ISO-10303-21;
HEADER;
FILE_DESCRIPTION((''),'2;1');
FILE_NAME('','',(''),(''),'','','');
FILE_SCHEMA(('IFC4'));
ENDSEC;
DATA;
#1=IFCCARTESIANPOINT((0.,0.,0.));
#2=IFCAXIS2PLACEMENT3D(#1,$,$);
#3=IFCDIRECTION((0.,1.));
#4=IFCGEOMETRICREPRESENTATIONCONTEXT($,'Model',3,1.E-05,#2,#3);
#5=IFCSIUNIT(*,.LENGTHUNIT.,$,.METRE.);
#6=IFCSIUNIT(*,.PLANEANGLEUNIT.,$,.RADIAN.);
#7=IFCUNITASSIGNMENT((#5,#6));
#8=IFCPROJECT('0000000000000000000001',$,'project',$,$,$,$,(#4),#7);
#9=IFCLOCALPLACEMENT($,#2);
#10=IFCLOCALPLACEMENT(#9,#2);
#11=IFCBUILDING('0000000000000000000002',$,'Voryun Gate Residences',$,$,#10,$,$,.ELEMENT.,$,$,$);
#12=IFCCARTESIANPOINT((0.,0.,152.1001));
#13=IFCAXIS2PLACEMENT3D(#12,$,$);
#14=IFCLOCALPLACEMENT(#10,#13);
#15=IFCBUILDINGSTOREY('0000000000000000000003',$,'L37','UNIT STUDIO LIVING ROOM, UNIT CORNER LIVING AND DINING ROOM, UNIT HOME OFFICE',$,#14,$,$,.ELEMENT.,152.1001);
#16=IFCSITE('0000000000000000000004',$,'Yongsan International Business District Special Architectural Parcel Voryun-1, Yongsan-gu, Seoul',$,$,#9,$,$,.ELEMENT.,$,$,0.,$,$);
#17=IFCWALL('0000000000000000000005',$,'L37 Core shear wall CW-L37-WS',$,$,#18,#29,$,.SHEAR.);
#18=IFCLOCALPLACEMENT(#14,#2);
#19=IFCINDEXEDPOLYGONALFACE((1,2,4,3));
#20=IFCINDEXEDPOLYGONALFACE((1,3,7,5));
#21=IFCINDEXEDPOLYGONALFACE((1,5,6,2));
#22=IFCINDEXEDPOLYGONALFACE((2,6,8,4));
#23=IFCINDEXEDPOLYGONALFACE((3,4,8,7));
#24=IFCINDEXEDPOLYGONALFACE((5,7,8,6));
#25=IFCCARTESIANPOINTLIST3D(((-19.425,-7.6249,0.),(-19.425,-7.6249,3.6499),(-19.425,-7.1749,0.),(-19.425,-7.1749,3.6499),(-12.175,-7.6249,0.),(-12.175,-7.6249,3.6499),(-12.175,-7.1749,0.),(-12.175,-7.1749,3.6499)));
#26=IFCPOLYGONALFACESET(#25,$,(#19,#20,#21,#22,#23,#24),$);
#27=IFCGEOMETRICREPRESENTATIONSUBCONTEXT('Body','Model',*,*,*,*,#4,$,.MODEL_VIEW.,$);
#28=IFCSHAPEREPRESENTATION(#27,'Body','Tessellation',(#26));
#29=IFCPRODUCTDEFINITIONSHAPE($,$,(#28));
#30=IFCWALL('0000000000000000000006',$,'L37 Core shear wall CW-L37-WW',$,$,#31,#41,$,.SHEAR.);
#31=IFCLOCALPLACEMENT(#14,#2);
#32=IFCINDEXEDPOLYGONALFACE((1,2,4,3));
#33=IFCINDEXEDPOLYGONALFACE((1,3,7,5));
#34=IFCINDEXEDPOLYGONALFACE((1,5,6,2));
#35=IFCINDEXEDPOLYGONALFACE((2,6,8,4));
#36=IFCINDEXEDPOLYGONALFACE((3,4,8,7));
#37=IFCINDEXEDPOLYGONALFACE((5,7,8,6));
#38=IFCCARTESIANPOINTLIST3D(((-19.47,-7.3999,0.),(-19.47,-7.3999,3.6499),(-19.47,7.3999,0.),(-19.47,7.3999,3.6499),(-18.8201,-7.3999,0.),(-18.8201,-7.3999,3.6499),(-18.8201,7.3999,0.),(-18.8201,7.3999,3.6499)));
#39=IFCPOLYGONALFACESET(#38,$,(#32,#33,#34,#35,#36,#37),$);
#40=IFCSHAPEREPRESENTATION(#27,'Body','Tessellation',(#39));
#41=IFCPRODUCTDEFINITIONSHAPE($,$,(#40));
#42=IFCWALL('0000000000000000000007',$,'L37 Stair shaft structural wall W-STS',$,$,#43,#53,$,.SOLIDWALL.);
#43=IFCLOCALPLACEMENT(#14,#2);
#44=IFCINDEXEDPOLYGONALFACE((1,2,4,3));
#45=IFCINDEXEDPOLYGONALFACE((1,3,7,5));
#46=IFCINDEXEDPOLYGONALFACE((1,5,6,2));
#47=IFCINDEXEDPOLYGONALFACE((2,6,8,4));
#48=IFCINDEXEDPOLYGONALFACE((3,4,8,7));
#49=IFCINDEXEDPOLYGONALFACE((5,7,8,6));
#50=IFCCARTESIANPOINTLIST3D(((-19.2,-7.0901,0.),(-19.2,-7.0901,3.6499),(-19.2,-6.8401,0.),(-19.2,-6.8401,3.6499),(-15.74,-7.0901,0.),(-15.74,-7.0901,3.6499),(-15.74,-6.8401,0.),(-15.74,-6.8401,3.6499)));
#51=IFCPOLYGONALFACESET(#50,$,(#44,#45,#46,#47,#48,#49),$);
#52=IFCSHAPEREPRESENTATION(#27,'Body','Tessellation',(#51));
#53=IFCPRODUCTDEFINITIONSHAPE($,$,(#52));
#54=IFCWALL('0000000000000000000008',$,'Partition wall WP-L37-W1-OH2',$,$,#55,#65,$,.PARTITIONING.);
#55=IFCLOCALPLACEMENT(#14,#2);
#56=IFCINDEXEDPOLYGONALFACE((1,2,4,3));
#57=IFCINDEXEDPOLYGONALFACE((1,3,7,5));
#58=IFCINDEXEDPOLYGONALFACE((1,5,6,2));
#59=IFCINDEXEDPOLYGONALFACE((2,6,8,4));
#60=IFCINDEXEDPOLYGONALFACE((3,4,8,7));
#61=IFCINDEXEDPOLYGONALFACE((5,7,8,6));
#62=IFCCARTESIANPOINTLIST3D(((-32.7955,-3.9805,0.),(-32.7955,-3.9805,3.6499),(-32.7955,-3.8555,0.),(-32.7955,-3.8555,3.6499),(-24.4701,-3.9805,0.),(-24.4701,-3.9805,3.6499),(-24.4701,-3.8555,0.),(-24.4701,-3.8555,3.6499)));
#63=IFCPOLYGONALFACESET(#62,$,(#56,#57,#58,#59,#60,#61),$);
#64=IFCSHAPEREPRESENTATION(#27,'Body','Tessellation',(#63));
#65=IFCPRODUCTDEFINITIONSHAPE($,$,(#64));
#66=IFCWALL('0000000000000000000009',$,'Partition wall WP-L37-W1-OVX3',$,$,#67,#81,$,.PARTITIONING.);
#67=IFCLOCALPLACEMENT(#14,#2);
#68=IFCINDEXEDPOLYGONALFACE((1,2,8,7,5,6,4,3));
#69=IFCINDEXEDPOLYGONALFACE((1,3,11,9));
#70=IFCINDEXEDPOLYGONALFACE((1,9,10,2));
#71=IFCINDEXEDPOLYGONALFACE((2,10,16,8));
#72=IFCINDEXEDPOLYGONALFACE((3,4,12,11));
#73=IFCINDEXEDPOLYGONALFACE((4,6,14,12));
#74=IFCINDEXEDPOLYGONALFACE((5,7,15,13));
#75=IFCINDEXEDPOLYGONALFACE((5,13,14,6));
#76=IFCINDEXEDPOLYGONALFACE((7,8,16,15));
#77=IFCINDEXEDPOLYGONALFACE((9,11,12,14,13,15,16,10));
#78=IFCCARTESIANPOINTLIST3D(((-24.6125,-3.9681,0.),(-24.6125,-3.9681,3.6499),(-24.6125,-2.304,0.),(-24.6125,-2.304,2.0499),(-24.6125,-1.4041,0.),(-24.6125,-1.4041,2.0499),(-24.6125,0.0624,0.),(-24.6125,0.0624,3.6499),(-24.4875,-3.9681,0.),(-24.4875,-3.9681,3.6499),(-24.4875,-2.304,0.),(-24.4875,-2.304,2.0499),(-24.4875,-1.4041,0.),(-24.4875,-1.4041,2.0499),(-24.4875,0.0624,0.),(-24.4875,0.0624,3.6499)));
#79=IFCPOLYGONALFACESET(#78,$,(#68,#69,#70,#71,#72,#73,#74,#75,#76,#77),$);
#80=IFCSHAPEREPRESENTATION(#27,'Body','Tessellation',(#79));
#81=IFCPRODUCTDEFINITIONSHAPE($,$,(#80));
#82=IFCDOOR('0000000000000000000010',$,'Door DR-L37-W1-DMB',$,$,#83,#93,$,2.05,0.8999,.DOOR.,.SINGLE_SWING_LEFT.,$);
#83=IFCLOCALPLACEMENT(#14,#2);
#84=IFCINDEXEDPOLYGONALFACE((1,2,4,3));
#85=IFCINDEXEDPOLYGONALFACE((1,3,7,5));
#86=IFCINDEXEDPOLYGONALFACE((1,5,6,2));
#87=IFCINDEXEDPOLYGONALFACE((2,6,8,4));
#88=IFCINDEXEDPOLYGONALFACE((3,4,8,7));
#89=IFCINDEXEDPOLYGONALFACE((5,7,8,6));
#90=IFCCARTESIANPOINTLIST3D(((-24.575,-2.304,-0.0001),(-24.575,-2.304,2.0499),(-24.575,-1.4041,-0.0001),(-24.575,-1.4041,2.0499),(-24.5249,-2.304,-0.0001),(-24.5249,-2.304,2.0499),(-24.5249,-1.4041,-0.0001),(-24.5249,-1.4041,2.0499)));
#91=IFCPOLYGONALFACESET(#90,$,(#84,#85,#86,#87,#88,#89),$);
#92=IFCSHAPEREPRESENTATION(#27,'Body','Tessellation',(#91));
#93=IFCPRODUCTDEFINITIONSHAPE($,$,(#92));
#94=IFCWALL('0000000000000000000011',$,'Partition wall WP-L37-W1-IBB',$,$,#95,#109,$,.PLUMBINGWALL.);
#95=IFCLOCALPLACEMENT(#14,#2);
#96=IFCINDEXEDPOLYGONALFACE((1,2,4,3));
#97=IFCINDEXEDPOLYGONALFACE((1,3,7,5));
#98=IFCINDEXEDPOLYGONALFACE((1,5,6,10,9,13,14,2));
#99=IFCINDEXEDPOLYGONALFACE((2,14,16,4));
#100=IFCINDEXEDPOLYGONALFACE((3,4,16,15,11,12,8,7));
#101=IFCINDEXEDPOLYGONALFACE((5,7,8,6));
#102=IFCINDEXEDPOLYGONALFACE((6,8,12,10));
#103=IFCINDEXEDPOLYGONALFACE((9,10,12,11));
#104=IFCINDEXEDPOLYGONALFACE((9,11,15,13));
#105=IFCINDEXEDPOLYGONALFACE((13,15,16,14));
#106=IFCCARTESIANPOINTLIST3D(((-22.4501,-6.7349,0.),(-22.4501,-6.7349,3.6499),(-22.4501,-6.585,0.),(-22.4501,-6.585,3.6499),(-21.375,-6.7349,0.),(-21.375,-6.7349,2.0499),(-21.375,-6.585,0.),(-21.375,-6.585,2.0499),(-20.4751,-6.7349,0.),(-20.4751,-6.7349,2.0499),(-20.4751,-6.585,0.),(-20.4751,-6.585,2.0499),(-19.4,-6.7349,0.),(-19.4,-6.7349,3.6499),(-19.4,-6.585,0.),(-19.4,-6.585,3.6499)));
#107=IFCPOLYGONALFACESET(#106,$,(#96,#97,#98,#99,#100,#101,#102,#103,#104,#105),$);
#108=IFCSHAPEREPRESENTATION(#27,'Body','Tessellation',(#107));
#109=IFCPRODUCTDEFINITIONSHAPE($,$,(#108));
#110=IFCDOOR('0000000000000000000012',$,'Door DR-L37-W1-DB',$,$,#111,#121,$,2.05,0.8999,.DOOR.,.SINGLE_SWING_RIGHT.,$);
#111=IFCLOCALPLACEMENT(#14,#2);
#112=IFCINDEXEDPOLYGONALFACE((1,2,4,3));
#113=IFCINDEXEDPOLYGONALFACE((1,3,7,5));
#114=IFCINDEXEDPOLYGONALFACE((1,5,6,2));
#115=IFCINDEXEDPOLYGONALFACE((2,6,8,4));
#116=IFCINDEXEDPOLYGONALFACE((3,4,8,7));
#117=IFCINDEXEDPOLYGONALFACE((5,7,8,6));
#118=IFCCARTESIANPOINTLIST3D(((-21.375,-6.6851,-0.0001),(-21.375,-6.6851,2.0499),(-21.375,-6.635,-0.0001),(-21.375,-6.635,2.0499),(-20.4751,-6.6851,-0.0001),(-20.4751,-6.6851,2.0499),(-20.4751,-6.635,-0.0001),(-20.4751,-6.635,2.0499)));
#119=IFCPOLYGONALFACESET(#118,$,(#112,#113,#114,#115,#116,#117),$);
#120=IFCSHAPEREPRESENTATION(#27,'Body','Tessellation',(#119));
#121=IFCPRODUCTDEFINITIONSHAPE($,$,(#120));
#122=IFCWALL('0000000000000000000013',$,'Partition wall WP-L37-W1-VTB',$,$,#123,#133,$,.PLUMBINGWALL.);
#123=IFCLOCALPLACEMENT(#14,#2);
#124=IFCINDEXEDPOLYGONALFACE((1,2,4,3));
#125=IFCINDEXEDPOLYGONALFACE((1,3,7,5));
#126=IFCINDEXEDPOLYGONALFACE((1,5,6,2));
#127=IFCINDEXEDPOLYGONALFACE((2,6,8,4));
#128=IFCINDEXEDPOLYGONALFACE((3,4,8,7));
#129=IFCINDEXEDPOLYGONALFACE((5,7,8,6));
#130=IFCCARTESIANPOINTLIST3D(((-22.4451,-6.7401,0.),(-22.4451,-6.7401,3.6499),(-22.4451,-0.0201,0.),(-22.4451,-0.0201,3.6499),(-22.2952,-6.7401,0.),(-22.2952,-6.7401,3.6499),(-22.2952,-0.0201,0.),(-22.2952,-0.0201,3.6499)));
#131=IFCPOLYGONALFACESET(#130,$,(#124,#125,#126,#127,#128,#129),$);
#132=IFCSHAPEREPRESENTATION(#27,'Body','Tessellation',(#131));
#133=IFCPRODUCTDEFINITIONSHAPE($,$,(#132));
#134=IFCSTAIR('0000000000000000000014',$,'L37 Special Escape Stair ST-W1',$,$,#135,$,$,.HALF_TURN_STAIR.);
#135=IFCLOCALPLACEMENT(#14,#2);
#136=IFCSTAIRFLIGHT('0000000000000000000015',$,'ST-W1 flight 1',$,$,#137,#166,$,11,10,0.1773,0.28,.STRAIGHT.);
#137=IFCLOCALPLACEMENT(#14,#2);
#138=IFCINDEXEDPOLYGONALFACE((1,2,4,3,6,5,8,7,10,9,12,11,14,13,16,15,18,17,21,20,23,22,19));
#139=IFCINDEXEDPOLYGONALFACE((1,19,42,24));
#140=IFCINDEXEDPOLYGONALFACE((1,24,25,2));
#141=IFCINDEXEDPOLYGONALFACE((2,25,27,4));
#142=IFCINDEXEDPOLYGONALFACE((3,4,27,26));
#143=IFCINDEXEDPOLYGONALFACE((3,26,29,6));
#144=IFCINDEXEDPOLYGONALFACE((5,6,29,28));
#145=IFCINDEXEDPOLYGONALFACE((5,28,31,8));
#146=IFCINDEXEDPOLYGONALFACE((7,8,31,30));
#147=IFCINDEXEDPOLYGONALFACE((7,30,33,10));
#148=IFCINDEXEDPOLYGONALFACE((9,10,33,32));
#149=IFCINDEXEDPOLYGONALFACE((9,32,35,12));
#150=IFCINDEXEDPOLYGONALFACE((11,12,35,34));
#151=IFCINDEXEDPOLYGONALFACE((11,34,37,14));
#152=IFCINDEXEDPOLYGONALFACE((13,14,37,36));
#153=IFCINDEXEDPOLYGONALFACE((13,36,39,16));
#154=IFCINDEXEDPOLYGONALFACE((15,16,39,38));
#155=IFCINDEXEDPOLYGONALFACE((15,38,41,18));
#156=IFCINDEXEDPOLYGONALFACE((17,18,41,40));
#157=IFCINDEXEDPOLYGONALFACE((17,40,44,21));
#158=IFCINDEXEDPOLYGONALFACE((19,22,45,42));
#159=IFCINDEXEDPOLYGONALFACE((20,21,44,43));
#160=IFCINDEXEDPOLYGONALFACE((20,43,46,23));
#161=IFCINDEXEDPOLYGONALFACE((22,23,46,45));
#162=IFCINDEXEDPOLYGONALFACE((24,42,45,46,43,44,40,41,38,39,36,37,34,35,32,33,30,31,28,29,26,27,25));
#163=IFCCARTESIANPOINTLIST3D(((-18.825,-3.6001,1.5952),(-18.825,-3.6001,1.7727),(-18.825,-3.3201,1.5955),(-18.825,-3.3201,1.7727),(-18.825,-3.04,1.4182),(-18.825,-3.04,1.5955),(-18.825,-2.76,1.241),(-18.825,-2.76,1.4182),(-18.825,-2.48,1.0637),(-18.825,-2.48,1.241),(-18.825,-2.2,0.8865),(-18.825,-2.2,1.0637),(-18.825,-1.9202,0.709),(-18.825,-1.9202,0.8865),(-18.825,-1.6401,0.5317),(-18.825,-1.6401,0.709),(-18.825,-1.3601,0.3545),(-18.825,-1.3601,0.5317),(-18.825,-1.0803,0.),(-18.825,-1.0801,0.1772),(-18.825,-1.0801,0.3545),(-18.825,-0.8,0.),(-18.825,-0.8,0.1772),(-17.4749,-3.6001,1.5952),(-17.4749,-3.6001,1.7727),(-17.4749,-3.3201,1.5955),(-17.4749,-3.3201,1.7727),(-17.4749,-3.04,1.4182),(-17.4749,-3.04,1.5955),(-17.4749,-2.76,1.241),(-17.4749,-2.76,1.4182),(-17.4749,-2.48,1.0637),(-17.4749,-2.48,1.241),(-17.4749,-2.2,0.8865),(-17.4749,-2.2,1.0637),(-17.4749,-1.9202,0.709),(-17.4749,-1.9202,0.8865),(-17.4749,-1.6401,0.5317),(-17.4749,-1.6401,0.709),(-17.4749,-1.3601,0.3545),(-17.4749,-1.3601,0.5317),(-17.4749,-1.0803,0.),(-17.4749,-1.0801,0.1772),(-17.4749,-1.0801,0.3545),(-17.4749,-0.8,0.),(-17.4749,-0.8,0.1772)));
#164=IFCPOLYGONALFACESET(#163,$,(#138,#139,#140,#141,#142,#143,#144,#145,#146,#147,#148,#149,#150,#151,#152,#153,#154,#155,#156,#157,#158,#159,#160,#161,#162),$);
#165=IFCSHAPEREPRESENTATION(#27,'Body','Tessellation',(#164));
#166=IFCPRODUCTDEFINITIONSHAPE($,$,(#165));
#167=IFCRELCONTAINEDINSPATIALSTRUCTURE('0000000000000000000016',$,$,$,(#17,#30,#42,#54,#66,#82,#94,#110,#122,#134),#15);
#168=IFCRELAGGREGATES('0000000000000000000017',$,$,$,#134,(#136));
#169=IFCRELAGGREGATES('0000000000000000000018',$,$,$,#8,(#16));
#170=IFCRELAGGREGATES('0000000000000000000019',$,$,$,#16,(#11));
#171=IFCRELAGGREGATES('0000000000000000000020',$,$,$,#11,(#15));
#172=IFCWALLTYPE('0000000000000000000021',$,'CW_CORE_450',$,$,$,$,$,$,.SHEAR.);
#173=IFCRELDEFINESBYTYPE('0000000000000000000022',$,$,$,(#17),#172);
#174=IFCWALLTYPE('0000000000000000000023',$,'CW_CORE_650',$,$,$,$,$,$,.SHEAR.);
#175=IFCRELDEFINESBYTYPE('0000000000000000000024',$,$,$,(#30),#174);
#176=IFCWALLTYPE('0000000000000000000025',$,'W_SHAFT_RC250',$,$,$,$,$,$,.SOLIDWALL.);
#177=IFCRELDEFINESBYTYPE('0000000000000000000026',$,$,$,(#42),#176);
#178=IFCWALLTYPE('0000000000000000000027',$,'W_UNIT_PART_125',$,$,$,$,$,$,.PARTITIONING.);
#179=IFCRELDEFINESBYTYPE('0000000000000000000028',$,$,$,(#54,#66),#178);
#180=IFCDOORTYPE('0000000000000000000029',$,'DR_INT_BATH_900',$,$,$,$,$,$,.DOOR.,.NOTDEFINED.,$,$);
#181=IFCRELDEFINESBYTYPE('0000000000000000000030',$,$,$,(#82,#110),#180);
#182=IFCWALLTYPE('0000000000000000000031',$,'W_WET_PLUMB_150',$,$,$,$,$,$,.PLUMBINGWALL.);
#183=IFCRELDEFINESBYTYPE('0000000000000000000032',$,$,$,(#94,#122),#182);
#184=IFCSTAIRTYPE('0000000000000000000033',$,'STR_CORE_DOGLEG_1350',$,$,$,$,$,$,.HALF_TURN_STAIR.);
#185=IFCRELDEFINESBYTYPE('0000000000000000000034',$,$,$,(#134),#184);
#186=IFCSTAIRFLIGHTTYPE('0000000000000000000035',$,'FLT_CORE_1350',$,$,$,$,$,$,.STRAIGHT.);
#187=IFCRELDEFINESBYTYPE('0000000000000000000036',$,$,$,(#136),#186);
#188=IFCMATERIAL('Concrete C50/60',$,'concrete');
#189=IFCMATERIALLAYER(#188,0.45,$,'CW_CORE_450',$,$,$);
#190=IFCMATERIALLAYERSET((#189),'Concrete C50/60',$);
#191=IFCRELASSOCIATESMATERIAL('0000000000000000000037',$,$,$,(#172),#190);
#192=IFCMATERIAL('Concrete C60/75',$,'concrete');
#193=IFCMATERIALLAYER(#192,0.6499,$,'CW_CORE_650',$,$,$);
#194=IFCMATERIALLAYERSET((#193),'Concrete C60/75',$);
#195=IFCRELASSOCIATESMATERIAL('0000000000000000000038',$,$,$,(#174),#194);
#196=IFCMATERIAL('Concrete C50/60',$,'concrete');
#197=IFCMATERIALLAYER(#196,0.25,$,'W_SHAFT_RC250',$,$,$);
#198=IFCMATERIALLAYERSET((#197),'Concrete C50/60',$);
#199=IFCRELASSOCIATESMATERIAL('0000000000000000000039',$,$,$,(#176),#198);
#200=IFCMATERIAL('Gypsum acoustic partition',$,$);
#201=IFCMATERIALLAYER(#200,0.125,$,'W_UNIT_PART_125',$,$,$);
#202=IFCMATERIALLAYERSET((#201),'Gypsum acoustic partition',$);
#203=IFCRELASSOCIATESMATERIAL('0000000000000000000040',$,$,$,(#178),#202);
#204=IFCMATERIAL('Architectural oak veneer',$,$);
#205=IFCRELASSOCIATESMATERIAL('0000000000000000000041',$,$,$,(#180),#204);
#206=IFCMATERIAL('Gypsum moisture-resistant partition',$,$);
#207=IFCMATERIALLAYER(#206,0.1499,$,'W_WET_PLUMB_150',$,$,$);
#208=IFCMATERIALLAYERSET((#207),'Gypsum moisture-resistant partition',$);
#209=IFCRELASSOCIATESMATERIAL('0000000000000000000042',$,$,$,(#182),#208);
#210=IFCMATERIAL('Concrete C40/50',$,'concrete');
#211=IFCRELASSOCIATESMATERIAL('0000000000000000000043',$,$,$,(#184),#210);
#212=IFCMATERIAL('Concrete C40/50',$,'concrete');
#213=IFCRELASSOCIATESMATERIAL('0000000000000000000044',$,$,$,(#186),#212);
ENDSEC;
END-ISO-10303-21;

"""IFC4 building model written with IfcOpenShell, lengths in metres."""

from ifc_helpers import new_model, si_unit, direction, frame, frame_2d, origin, place, context, subcontext, project, spatial, polyline, rectangle, outline, extrude, material, layer, layer_set, type_object, element, fill, aggregate, save


model = new_model("IFC4")

# Units and contexts
model_context = context("Model", 3, precision=1e-05, world=origin(), true_north=direction((0.0, 1.0)))
body_context = subcontext(model_context, "Body", "Model", "MODEL_VIEW")
ifc_project = project(units=[si_unit("LENGTHUNIT", "METRE"), si_unit("PLANEANGLEUNIT", "RADIAN")], contexts=[model_context])

# Site, building, storey
site_placement = place(None, origin())
site = spatial("IfcSite", under=ifc_project, at=site_placement, Name="Yongsan International Business District Special Architectural Parcel Voryun-1, Yongsan-gu, Seoul", CompositionType="ELEMENT", RefElevation=0.0)
building_placement = place(site_placement, origin())
building = spatial("IfcBuilding", under=site, at=building_placement, Name="Voryun Gate Residences", CompositionType="ELEMENT")
storey_placement = place(building_placement, frame((0.0, 0.0, 152.1001)))
storey = spatial("IfcBuildingStorey", under=building, at=storey_placement, Name="L37", Description="UNIT STUDIO LIVING ROOM, UNIT CORNER LIVING AND DINING ROOM, UNIT HOME OFFICE", CompositionType="ELEMENT", Elevation=152.1001)

# Walls
ifc_material_1 = material(Name="Concrete C50/60", Category="concrete")
ifc_layer_1 = layer(ifc_material_1, 0.45, Name="CW_CORE_450")
ifc_layer_set_1 = layer_set([ifc_layer_1], Name="Concrete C50/60")
wall_type_1 = type_object("IfcWallType", Name="CW_CORE_450", PredefinedType="SHEAR", material=ifc_layer_set_1)
wall_1_placement = place(storey_placement, frame((-19.425, -7.3999, 0.0), z_axis=(0.0, 0.0, 1.0), x_axis=(1.0, 0.0, 0.0)))
element("IfcWall", 1, at=wall_1_placement, inside=storey, type_object=wall_type_1, Name="L37 Core shear wall CW-L37-WS", PredefinedType="SHEAR", context=body_context, shape_type="SweptSolid", body=[
    extrude(rectangle(XDim=7.25, YDim=0.45, at=frame_2d((3.625, 0.0))), origin(), (0.0, 0.0, 1.0), 3.6499),
])
ifc_material_2 = material(Name="Concrete C60/75", Category="concrete")
ifc_layer_2 = layer(ifc_material_2, 0.6499, Name="CW_CORE_650")
ifc_layer_set_2 = layer_set([ifc_layer_2], Name="Concrete C60/75")
wall_type_2 = type_object("IfcWallType", Name="CW_CORE_650", PredefinedType="SHEAR", material=ifc_layer_set_2)
wall_2_placement = place(storey_placement, frame((-19.145, -7.3999, 0.0), z_axis=(0.0, 0.0, 1.0), x_axis=(0.0, 1.0, 0.0)))
element("IfcWall", 2, at=wall_2_placement, inside=storey, type_object=wall_type_2, Name="L37 Core shear wall CW-L37-WW", PredefinedType="SHEAR", context=body_context, shape_type="SweptSolid", body=[
    extrude(rectangle(XDim=14.7998, YDim=0.6499, at=frame_2d((7.3999, 0.0))), origin(), (0.0, 0.0, 1.0), 3.6499),
])
ifc_material_3 = material(Name="Concrete C50/60", Category="concrete")
ifc_layer_3 = layer(ifc_material_3, 0.25, Name="W_SHAFT_RC250")
ifc_layer_set_3 = layer_set([ifc_layer_3], Name="Concrete C50/60")
wall_type_3 = type_object("IfcWallType", Name="W_SHAFT_RC250", PredefinedType="SOLIDWALL", material=ifc_layer_set_3)
wall_3_placement = place(storey_placement, frame((-19.2, -6.9651, 0.0), z_axis=(0.0, 0.0, 1.0), x_axis=(1.0, 0.0, 0.0)))
element("IfcWall", 3, at=wall_3_placement, inside=storey, type_object=wall_type_3, Name="L37 Stair shaft structural wall W-STS", PredefinedType="SOLIDWALL", context=body_context, shape_type="SweptSolid", body=[
    extrude(rectangle(XDim=3.46, YDim=0.25, at=frame_2d((1.73, 0.0))), origin(), (0.0, 0.0, 1.0), 3.6499),
])
ifc_material_4 = material(Name="Gypsum acoustic partition")
ifc_layer_4 = layer(ifc_material_4, 0.125, Name="W_UNIT_PART_125")
ifc_layer_set_4 = layer_set([ifc_layer_4], Name="Gypsum acoustic partition")
wall_type_4 = type_object("IfcWallType", Name="W_UNIT_PART_125", PredefinedType="PARTITIONING", material=ifc_layer_set_4)
wall_4_placement = place(storey_placement, frame((-32.7954, -3.918, 0.0), z_axis=(0.0, 0.0, 1.0), x_axis=(1.0, 0.0, 0.0)))
element("IfcWall", 4, at=wall_4_placement, inside=storey, type_object=wall_type_4, Name="Partition wall WP-L37-W1-OH2", PredefinedType="PARTITIONING", context=body_context, shape_type="SweptSolid", body=[
    extrude(rectangle(XDim=8.3254, YDim=0.125, at=frame_2d((4.1626, 0.0))), origin(), (0.0, 0.0, 1.0), 3.6499),
])

# Walls, openings, doors
wall_5_placement = place(storey_placement, frame((-24.55, -3.968, 0.0), z_axis=(0.0, 0.0, 1.0), x_axis=(0.0, 1.0, 0.0)))
wall_5 = element("IfcWall", 5, at=wall_5_placement, inside=storey, type_object=wall_type_4, Name="Partition wall WP-L37-W1-OVX3", PredefinedType="PARTITIONING", context=body_context, shape_type="SweptSolid", body=[
    extrude(rectangle(XDim=4.0305, YDim=0.125, at=frame_2d((2.0151, 0.0))), origin(), (0.0, 0.0, 1.0), 3.6499),
])
opening_1_placement = place(wall_5_placement, frame((1.6641, 0.0, 0.0)))
opening_1 = element("IfcOpeningElement", 6, at=opening_1_placement, cuts=wall_5, PredefinedType="OPENING", context=body_context, shape_type="SweptSolid", body=[
    extrude(rectangle(XDim=0.8999, YDim=2.05, at=frame_2d((0.45, 1.0249))), frame((0.0, 0.0725, 0.0), z_axis=(0.0, -1.0, 0.0), x_axis=(1.0, 0.0, 0.0)), (0.0, 0.0, 1.0), 0.145),
])
ifc_material_5 = material(Name="Architectural oak veneer")
door_type = type_object("IfcDoorType", Name="DR_INT_BATH_900", OperationType="NOTDEFINED", PredefinedType="DOOR", material=ifc_material_5)
door_1_placement = place(opening_1_placement, origin())
door_1 = element("IfcDoor", 7, at=door_1_placement, inside=storey, type_object=door_type, Name="Door DR-L37-W1-DMB", OperationType="SINGLE_SWING_LEFT", OverallHeight=2.05, OverallWidth=0.8999, PredefinedType="DOOR", context=body_context, shape_type="SweptSolid", body=[
    extrude(rectangle(XDim=0.8999, YDim=2.05, at=frame_2d((0.45, 1.0249))), frame((0.0, 0.0249, 0.0), z_axis=(0.0, -1.0, 0.0), x_axis=(1.0, 0.0, 0.0)), (0.0, 0.0, 1.0), 0.05),
])
fill(opening_1, door_1)
ifc_material_6 = material(Name="Gypsum moisture-resistant partition")
ifc_layer_5 = layer(ifc_material_6, 0.1499, Name="W_WET_PLUMB_150")
ifc_layer_set_5 = layer_set([ifc_layer_5], Name="Gypsum moisture-resistant partition")
wall_type_5 = type_object("IfcWallType", Name="W_WET_PLUMB_150", PredefinedType="PLUMBINGWALL", material=ifc_layer_set_5)
wall_6_placement = place(storey_placement, frame((-22.45, -6.6599, 0.0), z_axis=(0.0, 0.0, 1.0), x_axis=(1.0, 0.0, 0.0)))
wall_6 = element("IfcWall", 8, at=wall_6_placement, inside=storey, type_object=wall_type_5, Name="Partition wall WP-L37-W1-IBB", PredefinedType="PLUMBINGWALL", context=body_context, shape_type="SweptSolid", body=[
    extrude(rectangle(XDim=3.05, YDim=0.1499, at=frame_2d((1.5249, 0.0))), origin(), (0.0, 0.0, 1.0), 3.6499),
])
opening_2_placement = place(wall_6_placement, frame((1.075, 0.0, 0.0)))
opening_2 = element("IfcOpeningElement", 9, at=opening_2_placement, cuts=wall_6, PredefinedType="OPENING", context=body_context, shape_type="SweptSolid", body=[
    extrude(rectangle(XDim=0.8999, YDim=2.05, at=frame_2d((0.45, 1.0249))), frame((0.0, 0.085, 0.0), z_axis=(0.0, -1.0, 0.0), x_axis=(1.0, 0.0, 0.0)), (0.0, 0.0, 1.0), 0.1699),
])
door_2_placement = place(opening_2_placement, origin())
door_2 = element("IfcDoor", 10, at=door_2_placement, inside=storey, type_object=door_type, Name="Door DR-L37-W1-DB", OperationType="SINGLE_SWING_RIGHT", OverallHeight=2.05, OverallWidth=0.8999, PredefinedType="DOOR", context=body_context, shape_type="SweptSolid", body=[
    extrude(rectangle(XDim=0.8999, YDim=2.05, at=frame_2d((0.45, 1.0249))), frame((0.0, 0.0249, 0.0), z_axis=(0.0, -1.0, 0.0), x_axis=(1.0, 0.0, 0.0)), (0.0, 0.0, 1.0), 0.05),
])
fill(opening_2, door_2)

# Wall
wall_7_placement = place(storey_placement, frame((-22.3701, -6.74, 0.0), z_axis=(0.0, 0.0, 1.0), x_axis=(0.0, 1.0, 0.0)))
element("IfcWall", 11, at=wall_7_placement, inside=storey, type_object=wall_type_5, Name="Partition wall WP-L37-W1-VTB", PredefinedType="PLUMBINGWALL", context=body_context, shape_type="SweptSolid", body=[
    extrude(rectangle(XDim=6.72, YDim=0.1499, at=frame_2d((3.3599, 0.0))), origin(), (0.0, 0.0, 1.0), 3.6499),
])

# Stair, stair flight
ifc_material_7 = material(Name="Concrete C40/50", Category="concrete")
stair_type = type_object("IfcStairType", Name="STR_CORE_DOGLEG_1350", PredefinedType="HALF_TURN_STAIR", material=ifc_material_7)
stair_placement = place(storey_placement, origin())
stair = element("IfcStair", 12, at=stair_placement, inside=storey, type_object=stair_type, Name="L37 Special Escape Stair ST-W1", PredefinedType="HALF_TURN_STAIR")
ifc_material_8 = material(Name="Concrete C40/50", Category="concrete")
stair_flight_type = type_object("IfcStairFlightType", Name="FLT_CORE_1350", PredefinedType="STRAIGHT", material=ifc_material_8)
stair_flight_placement = place(storey_placement, frame((-18.1499, -0.8, 0.0), z_axis=(0.0, 0.0, 1.0), x_axis=(0.0, -1.0, 0.0)))
stair_flight = element("IfcStairFlight", 13, at=stair_flight_placement, type_object=stair_flight_type, Name="ST-W1 flight 1", NumberOfRisers=11, NumberOfTreads=10, PredefinedType="STRAIGHT", RiserHeight=0.1773, TreadLength=0.28, context=body_context, shape_type="SweptSolid", body=[
    extrude(outline(polyline([(0.0, 0.0), (0.0, 0.1772), (0.28, 0.1772), (0.28, 0.3545), (0.5601, 0.3545), (0.5601, 0.5317), (0.8401, 0.5317), (0.8401, 0.709), (1.1201, 0.709), (1.1201, 0.8865), (1.3999, 0.8865), (1.3999, 1.0637), (1.6799, 1.0637), (1.6799, 1.241), (1.96, 1.241), (1.96, 1.4182), (2.24, 1.4182), (2.24, 1.5955), (2.52, 1.5955), (2.52, 1.7727), (2.8, 1.7727), (2.8, 1.95), (2.8, 1.5952), (0.2803, 0.0), (0.0, 0.0)])), frame((0.0, 0.675, 0.0), z_axis=(0.0, -1.0, 0.0), x_axis=(1.0, 0.0, 0.0)), (0.0, 0.0, 1.0), 1.3501),
])
aggregate(stair, [stair_flight])

save(model, "model.ifc")
